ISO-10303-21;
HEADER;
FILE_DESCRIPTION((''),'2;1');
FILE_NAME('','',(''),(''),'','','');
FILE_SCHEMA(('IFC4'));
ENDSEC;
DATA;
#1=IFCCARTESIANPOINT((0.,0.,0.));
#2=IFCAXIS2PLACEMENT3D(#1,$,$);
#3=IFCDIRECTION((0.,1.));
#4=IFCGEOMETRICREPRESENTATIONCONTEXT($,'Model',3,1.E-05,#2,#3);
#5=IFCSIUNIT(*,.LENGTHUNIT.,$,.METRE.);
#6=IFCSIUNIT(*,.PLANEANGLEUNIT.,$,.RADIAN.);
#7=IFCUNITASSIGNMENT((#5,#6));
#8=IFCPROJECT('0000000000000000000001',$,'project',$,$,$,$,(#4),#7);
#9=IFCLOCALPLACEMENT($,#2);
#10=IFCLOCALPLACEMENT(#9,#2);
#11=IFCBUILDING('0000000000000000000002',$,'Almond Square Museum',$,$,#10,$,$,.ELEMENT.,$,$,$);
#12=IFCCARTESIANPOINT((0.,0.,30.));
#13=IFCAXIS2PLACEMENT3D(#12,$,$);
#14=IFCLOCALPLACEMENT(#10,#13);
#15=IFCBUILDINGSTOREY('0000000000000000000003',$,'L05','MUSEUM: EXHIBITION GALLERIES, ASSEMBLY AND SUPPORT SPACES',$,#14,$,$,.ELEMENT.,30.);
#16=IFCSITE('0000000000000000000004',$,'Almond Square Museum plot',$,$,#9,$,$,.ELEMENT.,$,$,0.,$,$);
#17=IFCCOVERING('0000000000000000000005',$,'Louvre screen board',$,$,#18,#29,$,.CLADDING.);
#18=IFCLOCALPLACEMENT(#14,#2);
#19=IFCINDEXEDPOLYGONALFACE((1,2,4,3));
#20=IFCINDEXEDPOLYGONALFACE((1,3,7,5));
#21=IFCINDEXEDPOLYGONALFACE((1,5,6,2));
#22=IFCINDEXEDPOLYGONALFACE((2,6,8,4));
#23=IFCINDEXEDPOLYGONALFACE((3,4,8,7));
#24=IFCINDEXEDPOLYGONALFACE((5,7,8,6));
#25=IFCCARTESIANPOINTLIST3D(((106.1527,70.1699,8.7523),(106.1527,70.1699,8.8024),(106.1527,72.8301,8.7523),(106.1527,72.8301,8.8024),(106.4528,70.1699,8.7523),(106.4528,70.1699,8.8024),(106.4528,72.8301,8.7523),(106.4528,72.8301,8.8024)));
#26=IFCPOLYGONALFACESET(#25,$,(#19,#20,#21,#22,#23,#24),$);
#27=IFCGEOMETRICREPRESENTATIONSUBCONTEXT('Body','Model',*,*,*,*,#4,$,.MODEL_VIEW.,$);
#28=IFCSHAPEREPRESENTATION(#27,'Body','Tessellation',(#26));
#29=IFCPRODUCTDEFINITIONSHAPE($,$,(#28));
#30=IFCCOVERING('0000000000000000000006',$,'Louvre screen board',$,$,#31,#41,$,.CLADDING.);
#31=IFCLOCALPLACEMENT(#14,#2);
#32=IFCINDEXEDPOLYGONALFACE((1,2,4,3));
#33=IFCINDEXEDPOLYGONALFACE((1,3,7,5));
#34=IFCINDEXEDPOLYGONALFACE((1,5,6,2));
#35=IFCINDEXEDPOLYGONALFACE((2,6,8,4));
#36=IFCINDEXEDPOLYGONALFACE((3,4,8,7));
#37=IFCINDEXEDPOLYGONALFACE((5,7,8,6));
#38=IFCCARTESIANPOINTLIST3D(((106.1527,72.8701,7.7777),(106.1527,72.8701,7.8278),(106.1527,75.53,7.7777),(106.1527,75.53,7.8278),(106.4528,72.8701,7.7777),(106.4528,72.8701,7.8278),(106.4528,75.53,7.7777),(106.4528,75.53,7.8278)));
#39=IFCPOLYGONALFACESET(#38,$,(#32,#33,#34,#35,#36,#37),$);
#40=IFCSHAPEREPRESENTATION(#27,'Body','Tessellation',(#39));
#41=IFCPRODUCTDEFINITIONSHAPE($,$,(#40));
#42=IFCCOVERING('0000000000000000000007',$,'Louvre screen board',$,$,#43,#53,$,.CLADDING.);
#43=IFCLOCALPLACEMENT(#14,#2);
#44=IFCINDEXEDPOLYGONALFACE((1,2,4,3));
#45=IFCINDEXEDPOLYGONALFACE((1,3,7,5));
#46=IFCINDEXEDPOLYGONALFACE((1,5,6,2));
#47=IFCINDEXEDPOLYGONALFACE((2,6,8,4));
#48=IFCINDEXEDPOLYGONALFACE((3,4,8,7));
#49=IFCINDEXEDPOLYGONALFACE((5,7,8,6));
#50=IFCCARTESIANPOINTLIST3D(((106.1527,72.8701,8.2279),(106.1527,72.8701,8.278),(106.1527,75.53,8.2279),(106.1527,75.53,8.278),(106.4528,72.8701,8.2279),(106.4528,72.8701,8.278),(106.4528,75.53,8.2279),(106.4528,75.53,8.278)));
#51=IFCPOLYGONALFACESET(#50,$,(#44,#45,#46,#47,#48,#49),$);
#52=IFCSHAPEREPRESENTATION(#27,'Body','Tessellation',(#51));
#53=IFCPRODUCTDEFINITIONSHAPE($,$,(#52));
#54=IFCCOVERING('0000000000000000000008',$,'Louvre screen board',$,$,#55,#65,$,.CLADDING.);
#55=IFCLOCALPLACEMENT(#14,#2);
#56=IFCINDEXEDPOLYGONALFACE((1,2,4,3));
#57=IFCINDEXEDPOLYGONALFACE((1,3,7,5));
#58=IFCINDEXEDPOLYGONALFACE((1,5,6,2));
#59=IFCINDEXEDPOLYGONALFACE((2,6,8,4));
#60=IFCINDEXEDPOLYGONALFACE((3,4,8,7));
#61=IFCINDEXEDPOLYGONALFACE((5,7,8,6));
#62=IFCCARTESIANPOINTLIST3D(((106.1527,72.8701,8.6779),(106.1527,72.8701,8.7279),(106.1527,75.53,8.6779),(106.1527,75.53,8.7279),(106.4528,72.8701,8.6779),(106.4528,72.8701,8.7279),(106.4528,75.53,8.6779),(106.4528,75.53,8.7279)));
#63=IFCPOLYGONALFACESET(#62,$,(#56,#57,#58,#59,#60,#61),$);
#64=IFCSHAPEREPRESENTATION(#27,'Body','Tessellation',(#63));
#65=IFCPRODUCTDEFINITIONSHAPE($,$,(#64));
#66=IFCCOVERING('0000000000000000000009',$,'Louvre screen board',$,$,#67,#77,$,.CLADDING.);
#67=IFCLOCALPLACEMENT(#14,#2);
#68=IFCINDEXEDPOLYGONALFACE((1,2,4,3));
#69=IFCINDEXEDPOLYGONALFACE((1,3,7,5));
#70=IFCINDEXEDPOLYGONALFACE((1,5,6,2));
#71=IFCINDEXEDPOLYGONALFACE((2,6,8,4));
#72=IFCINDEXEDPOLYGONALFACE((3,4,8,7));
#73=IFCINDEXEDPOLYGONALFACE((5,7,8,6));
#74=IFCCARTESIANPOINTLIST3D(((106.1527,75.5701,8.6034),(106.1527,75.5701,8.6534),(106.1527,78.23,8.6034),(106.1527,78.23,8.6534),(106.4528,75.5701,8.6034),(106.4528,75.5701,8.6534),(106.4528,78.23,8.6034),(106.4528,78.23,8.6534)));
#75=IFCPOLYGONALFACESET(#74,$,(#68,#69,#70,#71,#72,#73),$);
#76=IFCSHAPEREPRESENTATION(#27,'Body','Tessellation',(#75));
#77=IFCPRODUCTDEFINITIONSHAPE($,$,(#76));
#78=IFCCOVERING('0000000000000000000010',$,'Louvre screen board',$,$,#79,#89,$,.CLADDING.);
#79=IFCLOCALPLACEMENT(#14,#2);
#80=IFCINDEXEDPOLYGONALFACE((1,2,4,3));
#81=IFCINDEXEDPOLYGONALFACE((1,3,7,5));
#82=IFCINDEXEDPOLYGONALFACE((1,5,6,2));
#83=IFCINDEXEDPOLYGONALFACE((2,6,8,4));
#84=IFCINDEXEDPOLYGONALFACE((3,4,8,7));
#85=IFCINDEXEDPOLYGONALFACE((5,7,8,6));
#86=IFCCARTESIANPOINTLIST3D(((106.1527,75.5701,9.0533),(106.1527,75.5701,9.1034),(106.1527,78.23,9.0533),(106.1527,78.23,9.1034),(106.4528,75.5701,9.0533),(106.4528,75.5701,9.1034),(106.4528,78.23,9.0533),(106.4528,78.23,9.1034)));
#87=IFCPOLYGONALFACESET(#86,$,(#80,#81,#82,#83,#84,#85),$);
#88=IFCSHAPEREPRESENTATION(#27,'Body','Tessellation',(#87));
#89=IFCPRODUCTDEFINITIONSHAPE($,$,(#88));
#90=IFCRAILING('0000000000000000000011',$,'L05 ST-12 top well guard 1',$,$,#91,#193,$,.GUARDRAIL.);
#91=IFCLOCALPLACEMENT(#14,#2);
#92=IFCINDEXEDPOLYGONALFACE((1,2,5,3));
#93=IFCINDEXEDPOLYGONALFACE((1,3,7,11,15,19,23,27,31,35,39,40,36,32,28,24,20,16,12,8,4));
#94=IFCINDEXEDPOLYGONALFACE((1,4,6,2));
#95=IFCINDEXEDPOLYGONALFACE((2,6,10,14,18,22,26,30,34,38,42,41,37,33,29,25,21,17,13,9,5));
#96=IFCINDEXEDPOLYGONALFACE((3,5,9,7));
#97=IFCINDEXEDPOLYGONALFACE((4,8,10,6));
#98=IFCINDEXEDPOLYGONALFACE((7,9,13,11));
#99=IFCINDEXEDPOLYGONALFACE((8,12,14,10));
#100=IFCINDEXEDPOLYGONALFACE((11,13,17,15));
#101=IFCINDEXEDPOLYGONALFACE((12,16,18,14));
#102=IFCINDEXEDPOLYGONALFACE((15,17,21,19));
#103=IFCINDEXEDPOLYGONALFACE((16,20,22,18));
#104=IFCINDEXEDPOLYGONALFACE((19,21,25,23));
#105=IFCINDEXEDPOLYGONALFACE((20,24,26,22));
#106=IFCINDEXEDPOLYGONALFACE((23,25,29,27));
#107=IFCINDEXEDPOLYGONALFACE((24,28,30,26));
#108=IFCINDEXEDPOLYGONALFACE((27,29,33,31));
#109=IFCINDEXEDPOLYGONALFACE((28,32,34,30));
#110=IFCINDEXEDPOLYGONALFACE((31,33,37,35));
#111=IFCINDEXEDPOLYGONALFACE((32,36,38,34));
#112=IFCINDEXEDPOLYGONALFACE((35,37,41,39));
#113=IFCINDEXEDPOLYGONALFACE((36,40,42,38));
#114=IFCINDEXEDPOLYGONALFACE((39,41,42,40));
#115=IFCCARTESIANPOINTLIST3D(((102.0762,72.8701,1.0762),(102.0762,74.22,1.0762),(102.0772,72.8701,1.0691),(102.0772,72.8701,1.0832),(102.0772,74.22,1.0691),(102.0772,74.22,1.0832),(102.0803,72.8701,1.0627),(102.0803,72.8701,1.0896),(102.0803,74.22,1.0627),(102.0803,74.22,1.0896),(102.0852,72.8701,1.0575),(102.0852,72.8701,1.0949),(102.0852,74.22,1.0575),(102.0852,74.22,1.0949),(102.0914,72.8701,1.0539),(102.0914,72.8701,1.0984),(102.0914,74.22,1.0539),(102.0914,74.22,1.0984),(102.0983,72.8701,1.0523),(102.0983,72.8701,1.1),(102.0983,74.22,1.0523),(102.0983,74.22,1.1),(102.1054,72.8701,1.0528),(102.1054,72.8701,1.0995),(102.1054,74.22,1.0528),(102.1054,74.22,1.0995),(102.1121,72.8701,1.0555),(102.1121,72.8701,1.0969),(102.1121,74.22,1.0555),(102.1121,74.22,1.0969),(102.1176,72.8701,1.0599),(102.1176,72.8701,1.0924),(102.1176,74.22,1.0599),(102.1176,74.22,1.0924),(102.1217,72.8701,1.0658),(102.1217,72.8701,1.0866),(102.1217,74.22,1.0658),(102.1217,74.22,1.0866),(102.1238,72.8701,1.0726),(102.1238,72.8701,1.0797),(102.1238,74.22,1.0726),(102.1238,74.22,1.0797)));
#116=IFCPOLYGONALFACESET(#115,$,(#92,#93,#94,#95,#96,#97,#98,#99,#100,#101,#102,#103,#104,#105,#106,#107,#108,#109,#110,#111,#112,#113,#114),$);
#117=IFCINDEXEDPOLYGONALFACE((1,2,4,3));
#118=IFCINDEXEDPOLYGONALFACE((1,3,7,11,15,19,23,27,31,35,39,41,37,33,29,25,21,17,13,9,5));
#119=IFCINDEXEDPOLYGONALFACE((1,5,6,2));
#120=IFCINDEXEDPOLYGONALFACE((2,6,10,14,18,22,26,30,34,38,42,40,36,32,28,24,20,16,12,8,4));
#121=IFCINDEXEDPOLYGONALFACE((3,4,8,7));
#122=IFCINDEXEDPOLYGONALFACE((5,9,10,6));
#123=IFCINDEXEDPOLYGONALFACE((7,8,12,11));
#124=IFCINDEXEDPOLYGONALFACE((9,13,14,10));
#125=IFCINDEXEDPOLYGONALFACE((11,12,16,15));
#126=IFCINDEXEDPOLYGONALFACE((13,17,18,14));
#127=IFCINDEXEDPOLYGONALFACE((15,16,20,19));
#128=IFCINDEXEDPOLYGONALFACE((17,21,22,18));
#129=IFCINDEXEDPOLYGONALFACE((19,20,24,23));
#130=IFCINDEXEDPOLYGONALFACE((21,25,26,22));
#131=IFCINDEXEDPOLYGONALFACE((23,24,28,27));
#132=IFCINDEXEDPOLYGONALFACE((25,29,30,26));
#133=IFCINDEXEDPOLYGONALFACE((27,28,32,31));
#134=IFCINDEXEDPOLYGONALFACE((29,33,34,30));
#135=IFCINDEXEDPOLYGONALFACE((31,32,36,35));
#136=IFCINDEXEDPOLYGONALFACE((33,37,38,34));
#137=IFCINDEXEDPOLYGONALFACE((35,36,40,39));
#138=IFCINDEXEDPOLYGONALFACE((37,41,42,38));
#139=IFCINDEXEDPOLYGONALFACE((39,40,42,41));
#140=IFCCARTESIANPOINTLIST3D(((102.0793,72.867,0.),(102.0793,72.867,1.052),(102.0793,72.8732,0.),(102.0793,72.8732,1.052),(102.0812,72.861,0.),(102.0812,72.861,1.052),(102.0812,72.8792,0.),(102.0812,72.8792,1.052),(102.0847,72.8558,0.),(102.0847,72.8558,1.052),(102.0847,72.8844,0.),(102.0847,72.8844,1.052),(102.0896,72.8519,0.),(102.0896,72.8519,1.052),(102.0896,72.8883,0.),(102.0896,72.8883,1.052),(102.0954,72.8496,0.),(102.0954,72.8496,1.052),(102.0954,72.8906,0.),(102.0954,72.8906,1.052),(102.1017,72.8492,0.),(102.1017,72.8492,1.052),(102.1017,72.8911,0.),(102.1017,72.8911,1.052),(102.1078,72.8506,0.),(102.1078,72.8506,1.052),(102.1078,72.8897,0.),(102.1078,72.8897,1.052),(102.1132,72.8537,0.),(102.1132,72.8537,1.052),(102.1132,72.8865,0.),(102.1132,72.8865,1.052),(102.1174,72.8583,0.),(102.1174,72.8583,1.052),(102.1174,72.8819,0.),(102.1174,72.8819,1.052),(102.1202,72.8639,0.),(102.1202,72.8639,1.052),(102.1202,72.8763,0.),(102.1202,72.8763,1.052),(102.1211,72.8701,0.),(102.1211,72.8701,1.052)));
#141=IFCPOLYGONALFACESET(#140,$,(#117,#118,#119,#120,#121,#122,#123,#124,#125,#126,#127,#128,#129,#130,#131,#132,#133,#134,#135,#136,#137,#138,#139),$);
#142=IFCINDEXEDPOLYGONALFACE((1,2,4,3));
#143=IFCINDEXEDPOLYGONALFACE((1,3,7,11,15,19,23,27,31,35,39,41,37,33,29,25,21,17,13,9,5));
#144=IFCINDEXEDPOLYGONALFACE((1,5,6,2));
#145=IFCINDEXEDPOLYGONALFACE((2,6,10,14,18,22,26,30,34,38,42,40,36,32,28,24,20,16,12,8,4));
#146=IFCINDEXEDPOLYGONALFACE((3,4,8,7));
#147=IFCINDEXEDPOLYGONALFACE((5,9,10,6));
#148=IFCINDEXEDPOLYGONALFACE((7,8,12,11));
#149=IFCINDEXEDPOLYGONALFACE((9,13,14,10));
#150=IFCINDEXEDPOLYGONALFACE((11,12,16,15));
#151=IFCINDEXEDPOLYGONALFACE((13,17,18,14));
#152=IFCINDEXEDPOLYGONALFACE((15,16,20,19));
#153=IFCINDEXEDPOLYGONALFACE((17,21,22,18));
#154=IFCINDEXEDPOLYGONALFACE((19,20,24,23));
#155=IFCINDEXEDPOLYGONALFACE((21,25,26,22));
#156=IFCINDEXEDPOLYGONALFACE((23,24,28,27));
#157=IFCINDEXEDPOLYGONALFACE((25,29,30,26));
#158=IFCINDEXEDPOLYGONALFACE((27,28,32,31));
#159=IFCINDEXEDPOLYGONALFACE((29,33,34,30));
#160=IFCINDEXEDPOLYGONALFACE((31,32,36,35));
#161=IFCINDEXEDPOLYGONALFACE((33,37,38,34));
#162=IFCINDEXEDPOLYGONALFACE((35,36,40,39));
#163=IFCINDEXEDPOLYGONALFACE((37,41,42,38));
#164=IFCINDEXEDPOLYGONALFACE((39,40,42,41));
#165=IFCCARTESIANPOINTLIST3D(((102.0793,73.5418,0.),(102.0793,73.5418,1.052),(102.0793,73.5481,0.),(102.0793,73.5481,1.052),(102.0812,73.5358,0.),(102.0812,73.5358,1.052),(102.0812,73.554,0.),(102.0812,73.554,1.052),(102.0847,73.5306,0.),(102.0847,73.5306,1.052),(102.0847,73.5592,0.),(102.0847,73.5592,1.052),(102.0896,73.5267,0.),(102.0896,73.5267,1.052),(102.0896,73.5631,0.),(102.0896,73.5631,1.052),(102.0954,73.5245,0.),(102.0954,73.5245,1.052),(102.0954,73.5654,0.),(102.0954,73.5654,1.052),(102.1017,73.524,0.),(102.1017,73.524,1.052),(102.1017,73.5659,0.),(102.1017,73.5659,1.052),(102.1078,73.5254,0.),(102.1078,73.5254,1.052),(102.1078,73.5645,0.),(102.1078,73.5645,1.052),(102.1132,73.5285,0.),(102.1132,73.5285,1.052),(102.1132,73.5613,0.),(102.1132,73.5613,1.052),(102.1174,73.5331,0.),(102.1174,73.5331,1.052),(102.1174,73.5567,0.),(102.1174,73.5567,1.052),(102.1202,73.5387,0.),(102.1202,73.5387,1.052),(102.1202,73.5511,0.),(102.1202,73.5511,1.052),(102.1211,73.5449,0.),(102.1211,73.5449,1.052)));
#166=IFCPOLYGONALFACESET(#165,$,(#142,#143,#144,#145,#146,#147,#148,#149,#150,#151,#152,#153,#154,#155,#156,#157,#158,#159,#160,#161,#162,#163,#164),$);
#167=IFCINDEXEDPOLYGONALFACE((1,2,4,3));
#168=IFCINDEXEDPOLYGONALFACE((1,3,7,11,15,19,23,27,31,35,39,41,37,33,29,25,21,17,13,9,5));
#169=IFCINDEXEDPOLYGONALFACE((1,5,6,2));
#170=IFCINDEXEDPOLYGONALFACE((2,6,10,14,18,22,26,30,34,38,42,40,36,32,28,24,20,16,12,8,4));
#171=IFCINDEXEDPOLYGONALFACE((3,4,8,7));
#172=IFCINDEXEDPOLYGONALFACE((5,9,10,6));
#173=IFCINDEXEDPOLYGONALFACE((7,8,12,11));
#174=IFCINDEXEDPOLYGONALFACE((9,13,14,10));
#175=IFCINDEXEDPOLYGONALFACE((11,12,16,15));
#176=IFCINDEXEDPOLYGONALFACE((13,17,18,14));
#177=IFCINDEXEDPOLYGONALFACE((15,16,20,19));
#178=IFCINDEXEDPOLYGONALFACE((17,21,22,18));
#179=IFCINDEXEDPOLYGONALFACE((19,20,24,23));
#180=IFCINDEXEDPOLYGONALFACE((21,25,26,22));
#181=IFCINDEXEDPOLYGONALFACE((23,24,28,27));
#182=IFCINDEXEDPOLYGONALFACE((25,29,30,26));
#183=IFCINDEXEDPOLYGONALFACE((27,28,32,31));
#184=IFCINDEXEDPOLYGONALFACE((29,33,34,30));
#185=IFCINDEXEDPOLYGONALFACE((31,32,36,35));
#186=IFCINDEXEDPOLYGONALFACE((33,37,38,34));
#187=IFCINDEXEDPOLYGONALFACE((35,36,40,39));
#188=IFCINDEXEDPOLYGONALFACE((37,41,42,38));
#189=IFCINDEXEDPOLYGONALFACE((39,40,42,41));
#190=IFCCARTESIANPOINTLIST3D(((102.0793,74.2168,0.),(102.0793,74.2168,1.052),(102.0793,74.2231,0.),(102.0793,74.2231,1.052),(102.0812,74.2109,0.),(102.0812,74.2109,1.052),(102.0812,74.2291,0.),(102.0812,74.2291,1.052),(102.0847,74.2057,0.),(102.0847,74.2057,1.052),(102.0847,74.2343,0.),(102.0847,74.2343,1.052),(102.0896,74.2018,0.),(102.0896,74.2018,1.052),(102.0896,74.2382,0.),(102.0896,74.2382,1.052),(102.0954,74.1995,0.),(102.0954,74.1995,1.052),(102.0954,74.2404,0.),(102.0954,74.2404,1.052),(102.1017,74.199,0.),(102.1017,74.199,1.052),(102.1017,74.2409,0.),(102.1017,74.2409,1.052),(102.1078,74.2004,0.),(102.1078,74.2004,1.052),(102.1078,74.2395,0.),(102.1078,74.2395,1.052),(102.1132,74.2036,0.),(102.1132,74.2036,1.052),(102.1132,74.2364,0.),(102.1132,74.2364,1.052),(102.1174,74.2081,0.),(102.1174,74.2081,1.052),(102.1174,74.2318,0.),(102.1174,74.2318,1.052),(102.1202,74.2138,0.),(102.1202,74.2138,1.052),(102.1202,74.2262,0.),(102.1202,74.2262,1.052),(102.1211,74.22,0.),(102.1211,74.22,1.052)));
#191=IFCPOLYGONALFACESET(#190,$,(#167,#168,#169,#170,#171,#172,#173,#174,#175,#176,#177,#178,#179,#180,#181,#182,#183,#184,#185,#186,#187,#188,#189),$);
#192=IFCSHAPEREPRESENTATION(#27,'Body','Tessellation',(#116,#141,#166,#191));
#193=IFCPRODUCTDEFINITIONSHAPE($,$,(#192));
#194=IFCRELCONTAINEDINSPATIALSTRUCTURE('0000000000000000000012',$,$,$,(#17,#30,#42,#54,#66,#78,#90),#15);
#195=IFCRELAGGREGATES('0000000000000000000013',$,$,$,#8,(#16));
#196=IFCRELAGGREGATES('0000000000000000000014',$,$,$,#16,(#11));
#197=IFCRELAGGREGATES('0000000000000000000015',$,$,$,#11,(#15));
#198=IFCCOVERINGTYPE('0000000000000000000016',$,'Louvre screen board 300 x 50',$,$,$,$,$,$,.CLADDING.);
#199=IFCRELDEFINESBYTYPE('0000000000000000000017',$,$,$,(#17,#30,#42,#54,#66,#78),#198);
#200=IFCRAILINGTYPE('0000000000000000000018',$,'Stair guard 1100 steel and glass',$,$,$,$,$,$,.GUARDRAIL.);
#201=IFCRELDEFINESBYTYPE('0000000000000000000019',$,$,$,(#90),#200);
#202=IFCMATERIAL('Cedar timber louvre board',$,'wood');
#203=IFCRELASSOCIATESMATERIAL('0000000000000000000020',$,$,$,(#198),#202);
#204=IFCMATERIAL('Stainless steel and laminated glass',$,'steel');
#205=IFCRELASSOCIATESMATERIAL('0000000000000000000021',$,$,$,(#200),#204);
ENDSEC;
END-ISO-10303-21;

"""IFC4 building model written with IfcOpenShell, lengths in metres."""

from ifc_helpers import new_model, si_unit, direction, frame, origin, origin_2d, place, context, subcontext, project, spatial, rectangle, circle, extrude, material, material_profile, profile_set, type_object, element, save


model = new_model("IFC4")

# Units and contexts
model_context = context("Model", 3, precision=1e-05, world=origin(), true_north=direction((0.0, 1.0)))
body_context = subcontext(model_context, "Body", "Model", "MODEL_VIEW")
ifc_project = project(units=[si_unit("LENGTHUNIT", "METRE"), si_unit("PLANEANGLEUNIT", "RADIAN")], contexts=[model_context])

# Site, building, storey
site_placement = place(None, origin())
site = spatial("IfcSite", under=ifc_project, at=site_placement, Name="Almond Square Museum plot", CompositionType="ELEMENT", RefElevation=0.0)
building_placement = place(site_placement, origin())
building = spatial("IfcBuilding", under=site, at=building_placement, Name="Almond Square Museum", CompositionType="ELEMENT")
storey_placement = place(building_placement, frame((0.0, 0.0, 30.0)))
storey = spatial("IfcBuildingStorey", under=building, at=storey_placement, Name="L05", Description="MUSEUM: EXHIBITION GALLERIES, ASSEMBLY AND SUPPORT SPACES", CompositionType="ELEMENT", Elevation=30.0)

# Coverings
ifc_material_1 = material(Name="Cedar timber louvre board", Category="wood")
ifc_material_profile_1 = material_profile(ifc_material_1, rectangle(XDim=0.3, YDim=0.05, at=origin_2d()))
ifc_profile_set_1 = profile_set([ifc_material_profile_1], Name="Cedar timber louvre board")
covering_type_1 = type_object("IfcCoveringType", Name="Louvre screen board 300 x 50", PredefinedType="CLADDING", material=ifc_profile_set_1)
for number, where, z_axis, x_axis, name in (
    (1, (106.3027, 70.1699, 8.7773), (0.0, 1.0, 0.0), (-1.0, 0.0, 0.0), "Louvre screen board"),
):
    element("IfcCovering", number, at=place(storey_placement, frame(where, z_axis=z_axis, x_axis=x_axis)), inside=storey, type_object=covering_type_1, Name=name, PredefinedType="CLADDING", context=body_context, shape_type="SweptSolid", body=[
        extrude(rectangle(XDim=0.3, YDim=0.05, at=origin_2d()), origin(), (0.0, 0.0, 1.0), 2.6602),
    ])
for number, where, z_axis, x_axis, name in (
    (2, (106.3027, 72.8701, 7.8027), (0.0, 1.0, 0.0), (-1.0, 0.0, 0.0), "Louvre screen board"),
    (3, (106.3027, 72.8701, 8.2529), (0.0, 1.0, 0.0), (-1.0, 0.0, 0.0), "Louvre screen board"),
    (4, (106.3027, 72.8701, 8.7029), (0.0, 1.0, 0.0), (-1.0, 0.0, 0.0), "Louvre screen board"),
    (5, (106.3027, 75.5701, 8.6284), (0.0, 1.0, 0.0), (-1.0, 0.0, 0.0), "Louvre screen board"),
    (6, (106.3027, 75.5701, 9.0784), (0.0, 1.0, 0.0), (-1.0, 0.0, 0.0), "Louvre screen board"),
):
    element("IfcCovering", number, at=place(storey_placement, frame(where, z_axis=z_axis, x_axis=x_axis)), inside=storey, type_object=covering_type_1, Name=name, PredefinedType="CLADDING", context=body_context, shape_type="SweptSolid", body=[
        extrude(rectangle(XDim=0.3, YDim=0.05, at=origin_2d()), origin(), (0.0, 0.0, 1.0), 2.6599),
    ])

# Railing
ifc_material_2 = material(Name="Stainless steel and laminated glass", Category="steel")
railing_type = type_object("IfcRailingType", Name="Stair guard 1100 steel and glass", PredefinedType="GUARDRAIL", material=ifc_material_2)
railing_placement = place(storey_placement, frame((102.1001, 72.8701, 0.0)))
element("IfcRailing", 7, at=railing_placement, inside=storey, type_object=railing_type, Name="L05 ST-12 top well guard 1", PredefinedType="GUARDRAIL", context=body_context, shape_type="SweptSolid", body=[
    extrude(circle(Radius=0.0239, at=origin_2d()), frame((0.0, 0.0, 1.0762), z_axis=(0.0, 1.0, 0.0), x_axis=(-1.0, 0.0, 0.0)), (0.0, 0.0, 1.0), 1.3499),
    extrude(circle(Radius=0.021, at=origin_2d()), origin(), (0.0, 0.0, 1.0), 1.052),
    extrude(circle(Radius=0.021, at=origin_2d()), frame((0.0, 0.6748, 0.0)), (0.0, 0.0, 1.0), 1.052),
    extrude(circle(Radius=0.021, at=origin_2d()), frame((0.0, 1.3499, 0.0)), (0.0, 0.0, 1.0), 1.052),
])

save(model, "model.ifc")
